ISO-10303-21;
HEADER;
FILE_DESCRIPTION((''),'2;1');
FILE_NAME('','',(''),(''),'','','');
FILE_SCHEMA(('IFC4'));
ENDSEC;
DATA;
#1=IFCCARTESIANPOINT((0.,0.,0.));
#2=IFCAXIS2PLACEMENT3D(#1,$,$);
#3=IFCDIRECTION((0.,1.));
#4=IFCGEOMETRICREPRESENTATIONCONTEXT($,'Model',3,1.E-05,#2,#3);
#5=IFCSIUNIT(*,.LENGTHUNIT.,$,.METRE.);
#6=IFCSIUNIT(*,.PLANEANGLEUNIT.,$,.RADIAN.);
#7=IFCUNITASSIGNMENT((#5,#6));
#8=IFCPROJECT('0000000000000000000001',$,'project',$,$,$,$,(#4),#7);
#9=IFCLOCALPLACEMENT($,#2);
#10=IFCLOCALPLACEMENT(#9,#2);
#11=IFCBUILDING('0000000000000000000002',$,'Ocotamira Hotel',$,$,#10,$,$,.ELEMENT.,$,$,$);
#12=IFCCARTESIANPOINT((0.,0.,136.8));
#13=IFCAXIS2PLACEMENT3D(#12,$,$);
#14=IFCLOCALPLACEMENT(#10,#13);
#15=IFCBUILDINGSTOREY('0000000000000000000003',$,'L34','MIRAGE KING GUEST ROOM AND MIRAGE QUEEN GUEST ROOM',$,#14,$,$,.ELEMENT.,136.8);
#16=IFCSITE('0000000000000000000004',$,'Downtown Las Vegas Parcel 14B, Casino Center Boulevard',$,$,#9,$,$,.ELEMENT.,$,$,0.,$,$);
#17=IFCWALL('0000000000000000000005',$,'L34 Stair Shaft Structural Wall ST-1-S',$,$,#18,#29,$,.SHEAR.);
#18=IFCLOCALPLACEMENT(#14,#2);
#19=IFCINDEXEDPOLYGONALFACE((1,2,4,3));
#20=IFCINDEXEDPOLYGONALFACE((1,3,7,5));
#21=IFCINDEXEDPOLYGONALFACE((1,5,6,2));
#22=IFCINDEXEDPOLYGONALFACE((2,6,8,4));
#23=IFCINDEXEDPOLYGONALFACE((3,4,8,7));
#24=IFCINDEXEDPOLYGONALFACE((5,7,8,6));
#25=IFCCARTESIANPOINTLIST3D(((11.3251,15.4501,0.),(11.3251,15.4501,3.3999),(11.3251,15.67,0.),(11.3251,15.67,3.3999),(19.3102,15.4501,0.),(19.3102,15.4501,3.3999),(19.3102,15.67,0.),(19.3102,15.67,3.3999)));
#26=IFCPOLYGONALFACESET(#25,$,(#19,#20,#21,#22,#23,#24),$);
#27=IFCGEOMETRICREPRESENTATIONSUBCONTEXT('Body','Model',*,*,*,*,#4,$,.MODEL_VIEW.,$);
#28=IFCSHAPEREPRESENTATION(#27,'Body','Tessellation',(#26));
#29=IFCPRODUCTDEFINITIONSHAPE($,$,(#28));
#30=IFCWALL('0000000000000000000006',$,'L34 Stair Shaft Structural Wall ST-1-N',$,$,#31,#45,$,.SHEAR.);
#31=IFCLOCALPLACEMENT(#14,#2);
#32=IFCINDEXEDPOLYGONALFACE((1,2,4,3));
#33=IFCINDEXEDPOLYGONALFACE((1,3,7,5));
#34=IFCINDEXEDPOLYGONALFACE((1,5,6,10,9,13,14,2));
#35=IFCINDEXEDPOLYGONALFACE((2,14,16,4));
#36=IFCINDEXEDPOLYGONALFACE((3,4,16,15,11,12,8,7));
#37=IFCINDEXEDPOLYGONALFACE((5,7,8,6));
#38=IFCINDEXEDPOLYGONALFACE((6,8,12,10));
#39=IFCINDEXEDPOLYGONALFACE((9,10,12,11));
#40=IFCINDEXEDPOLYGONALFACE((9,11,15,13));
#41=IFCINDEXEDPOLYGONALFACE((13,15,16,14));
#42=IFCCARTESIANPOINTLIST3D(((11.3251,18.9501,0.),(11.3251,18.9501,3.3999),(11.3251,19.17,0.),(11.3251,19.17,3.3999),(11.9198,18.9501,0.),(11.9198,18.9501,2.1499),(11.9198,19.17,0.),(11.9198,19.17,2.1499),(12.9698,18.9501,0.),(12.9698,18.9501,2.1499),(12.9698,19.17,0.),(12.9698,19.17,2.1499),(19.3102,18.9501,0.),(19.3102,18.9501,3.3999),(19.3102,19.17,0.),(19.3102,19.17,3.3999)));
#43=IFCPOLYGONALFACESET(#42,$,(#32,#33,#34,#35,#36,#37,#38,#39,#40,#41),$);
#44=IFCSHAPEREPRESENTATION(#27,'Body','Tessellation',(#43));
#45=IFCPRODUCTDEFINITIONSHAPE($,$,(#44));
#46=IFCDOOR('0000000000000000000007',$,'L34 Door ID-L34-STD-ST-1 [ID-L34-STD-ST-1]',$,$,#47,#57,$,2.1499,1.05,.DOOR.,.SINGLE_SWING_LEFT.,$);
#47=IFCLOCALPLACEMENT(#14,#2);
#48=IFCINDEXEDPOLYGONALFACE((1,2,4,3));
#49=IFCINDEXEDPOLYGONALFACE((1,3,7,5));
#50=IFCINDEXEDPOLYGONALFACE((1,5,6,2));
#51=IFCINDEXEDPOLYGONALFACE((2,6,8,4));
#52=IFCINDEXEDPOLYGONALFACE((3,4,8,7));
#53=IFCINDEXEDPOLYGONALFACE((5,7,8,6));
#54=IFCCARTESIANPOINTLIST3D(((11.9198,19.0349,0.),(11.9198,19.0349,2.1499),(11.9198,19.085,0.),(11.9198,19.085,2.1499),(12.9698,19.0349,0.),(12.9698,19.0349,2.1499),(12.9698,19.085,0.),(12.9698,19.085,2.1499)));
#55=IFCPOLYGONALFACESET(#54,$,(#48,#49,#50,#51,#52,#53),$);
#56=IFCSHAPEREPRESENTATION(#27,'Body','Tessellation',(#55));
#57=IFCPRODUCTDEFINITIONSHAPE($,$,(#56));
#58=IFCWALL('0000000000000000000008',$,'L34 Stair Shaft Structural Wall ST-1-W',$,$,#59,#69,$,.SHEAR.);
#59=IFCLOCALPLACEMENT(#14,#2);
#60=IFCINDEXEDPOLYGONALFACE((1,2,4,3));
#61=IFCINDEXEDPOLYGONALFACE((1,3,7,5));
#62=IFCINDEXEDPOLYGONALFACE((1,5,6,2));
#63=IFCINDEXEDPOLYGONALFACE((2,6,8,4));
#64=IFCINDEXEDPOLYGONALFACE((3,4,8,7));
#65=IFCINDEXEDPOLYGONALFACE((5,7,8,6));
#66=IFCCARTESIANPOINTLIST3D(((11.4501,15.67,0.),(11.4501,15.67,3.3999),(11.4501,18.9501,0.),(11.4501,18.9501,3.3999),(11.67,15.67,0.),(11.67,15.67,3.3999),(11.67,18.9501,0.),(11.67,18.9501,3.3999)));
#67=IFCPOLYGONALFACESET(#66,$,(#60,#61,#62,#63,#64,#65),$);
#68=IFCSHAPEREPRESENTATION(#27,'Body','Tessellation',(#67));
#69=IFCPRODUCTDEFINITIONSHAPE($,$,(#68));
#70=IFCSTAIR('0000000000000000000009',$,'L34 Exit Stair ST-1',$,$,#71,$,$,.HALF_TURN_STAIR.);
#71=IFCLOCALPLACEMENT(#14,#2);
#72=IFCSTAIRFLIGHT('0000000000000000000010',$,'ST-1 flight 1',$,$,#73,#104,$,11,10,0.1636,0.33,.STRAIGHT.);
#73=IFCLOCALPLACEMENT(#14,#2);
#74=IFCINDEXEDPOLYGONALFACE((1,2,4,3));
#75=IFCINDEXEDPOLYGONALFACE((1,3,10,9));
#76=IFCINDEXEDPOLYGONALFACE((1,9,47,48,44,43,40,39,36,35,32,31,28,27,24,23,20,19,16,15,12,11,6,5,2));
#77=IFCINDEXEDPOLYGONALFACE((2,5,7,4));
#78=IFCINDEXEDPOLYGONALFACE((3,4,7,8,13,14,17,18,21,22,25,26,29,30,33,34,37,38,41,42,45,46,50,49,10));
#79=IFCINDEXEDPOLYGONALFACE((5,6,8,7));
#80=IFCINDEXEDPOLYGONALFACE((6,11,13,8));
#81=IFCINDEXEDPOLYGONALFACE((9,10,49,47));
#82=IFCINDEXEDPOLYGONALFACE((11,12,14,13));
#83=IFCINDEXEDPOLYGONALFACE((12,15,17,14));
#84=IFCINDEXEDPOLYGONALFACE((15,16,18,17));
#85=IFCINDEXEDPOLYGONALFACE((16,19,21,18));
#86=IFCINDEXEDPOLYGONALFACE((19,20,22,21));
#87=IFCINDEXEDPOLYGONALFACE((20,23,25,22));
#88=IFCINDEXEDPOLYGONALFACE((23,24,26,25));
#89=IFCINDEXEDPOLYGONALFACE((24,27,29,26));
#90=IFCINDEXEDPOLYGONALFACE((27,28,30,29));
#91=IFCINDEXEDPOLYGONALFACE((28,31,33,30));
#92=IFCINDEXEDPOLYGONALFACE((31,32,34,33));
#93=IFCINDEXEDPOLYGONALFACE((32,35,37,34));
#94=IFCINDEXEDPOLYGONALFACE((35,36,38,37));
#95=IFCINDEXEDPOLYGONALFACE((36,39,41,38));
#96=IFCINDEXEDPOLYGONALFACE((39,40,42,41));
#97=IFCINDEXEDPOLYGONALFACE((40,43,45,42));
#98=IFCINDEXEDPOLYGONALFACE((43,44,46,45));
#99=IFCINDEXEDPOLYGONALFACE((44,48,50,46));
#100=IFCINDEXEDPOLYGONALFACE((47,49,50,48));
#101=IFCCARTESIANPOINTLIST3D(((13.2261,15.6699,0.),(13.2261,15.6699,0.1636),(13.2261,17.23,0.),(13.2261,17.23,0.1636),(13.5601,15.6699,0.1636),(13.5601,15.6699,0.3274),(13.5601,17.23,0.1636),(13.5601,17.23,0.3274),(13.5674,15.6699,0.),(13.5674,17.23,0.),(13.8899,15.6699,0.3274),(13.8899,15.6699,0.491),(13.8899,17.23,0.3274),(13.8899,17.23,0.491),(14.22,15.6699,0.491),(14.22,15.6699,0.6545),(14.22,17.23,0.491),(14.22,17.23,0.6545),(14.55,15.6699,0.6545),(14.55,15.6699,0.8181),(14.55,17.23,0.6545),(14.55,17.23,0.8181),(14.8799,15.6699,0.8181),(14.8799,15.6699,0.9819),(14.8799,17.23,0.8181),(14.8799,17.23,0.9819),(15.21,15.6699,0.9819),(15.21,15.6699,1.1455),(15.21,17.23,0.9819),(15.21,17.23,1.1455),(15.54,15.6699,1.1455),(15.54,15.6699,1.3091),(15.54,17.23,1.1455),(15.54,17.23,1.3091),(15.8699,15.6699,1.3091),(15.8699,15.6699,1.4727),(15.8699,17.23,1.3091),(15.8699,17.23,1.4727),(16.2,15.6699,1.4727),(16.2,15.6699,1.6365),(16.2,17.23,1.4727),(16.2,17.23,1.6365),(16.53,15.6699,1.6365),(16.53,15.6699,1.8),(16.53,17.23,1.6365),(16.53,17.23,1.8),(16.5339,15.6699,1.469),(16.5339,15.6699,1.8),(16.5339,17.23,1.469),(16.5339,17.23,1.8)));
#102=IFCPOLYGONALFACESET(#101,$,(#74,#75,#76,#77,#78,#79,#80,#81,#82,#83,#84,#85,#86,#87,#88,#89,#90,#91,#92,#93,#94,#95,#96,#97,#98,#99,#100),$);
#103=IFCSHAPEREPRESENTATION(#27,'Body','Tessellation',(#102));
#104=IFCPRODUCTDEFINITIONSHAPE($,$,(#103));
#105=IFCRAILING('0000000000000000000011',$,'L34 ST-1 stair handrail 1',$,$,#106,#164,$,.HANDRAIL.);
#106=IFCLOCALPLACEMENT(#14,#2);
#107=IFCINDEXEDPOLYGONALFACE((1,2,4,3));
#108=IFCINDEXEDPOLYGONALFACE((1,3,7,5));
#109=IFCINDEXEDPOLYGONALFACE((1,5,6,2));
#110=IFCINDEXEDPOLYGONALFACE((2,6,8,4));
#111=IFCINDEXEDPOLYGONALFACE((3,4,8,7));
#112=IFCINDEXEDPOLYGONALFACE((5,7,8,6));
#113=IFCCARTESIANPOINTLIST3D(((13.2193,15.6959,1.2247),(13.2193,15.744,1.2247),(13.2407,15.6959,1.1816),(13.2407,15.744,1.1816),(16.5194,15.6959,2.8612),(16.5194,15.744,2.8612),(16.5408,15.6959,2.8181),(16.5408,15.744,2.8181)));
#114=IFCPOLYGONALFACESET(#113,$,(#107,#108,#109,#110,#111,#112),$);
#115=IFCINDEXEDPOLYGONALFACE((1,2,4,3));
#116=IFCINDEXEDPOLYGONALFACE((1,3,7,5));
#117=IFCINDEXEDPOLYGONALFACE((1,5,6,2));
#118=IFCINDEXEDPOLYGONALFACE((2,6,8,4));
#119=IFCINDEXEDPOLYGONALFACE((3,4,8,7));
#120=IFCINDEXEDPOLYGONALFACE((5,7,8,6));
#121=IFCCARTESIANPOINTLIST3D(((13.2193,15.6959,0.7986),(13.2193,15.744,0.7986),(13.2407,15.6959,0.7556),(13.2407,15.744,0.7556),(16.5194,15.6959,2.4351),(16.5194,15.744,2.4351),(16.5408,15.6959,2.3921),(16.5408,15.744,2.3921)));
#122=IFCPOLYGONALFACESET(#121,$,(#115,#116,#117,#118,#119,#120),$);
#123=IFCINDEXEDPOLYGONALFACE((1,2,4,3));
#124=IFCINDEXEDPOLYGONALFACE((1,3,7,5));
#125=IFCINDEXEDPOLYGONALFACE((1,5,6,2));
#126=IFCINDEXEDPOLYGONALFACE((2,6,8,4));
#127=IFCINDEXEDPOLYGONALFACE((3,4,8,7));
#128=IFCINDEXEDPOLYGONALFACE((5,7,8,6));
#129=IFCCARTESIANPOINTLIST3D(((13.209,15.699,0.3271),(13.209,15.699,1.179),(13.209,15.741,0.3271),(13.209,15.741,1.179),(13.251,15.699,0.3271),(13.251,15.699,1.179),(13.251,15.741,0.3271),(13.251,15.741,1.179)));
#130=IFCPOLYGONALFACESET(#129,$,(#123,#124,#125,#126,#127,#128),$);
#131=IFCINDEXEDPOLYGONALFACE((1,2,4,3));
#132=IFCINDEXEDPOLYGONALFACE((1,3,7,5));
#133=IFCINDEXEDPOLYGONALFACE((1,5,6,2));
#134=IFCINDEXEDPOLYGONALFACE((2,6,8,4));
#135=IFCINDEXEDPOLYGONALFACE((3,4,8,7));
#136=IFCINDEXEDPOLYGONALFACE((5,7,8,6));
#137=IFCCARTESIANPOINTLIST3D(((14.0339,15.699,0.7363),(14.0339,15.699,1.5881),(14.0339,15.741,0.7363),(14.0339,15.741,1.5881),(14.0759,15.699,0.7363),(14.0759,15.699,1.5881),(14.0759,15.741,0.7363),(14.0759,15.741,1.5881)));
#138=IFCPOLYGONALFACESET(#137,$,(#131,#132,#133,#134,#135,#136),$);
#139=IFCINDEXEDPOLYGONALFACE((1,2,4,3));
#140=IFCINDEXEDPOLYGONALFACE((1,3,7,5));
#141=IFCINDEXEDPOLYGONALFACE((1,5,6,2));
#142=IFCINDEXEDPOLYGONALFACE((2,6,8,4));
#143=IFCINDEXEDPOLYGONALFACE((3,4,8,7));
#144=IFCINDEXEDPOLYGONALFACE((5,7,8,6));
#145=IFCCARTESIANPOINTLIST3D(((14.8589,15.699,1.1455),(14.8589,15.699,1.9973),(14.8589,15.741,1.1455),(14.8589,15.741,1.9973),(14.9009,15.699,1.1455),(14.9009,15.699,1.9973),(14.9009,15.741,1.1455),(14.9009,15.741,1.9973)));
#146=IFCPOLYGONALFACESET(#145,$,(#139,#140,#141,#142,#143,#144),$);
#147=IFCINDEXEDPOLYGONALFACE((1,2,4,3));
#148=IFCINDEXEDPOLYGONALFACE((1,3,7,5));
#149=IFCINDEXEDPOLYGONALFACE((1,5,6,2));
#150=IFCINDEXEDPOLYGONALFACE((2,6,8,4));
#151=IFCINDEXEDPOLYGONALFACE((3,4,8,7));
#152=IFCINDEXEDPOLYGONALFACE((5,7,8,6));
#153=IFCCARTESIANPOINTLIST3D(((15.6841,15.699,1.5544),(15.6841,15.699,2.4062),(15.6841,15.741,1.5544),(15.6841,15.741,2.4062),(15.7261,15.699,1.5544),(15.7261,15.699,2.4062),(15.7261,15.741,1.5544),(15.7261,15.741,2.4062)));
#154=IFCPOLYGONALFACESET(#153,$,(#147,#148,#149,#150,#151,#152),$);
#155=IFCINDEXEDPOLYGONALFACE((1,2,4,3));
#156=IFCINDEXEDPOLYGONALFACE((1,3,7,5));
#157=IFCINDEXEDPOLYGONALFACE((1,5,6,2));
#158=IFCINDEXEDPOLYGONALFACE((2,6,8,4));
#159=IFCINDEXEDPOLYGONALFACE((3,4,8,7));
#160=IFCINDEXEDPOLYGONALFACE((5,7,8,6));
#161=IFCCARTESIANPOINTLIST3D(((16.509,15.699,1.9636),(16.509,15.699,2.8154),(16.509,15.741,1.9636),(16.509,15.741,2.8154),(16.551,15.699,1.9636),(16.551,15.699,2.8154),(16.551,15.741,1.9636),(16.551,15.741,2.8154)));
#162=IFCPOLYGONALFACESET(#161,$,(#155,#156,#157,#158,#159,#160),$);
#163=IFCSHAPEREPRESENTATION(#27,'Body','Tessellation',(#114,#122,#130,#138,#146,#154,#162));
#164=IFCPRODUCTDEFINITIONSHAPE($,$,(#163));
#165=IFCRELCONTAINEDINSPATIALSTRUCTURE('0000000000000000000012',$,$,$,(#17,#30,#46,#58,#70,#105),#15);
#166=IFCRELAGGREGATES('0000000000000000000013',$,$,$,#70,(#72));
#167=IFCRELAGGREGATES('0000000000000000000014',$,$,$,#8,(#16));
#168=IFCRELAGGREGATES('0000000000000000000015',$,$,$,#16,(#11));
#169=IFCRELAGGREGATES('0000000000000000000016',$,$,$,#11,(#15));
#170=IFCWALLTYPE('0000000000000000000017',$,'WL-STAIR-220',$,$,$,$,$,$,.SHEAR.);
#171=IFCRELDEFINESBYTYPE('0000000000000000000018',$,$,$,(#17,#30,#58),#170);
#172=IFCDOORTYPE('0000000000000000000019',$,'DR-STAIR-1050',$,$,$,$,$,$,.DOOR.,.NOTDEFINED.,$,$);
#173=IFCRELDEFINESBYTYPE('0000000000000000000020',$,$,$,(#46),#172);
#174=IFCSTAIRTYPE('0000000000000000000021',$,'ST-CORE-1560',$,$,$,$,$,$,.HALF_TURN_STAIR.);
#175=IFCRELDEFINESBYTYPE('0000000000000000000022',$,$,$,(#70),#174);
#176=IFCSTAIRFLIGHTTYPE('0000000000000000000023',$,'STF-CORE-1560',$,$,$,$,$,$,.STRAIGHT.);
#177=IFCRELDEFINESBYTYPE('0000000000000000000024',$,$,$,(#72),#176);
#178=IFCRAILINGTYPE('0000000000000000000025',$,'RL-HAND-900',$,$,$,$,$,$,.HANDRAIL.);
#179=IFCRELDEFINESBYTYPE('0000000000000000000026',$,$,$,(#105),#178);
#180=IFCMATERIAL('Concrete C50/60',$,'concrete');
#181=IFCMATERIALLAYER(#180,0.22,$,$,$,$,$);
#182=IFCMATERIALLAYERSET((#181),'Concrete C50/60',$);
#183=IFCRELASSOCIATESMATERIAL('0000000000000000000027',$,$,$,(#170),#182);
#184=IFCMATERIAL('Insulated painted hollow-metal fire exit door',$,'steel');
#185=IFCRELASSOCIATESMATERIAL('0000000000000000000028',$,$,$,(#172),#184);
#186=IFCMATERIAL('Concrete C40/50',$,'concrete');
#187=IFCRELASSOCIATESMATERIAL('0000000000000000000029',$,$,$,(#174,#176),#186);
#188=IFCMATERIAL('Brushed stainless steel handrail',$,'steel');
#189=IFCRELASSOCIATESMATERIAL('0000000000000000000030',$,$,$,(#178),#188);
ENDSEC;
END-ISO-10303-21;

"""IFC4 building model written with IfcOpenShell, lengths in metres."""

from ifc_helpers import new_model, si_unit, direction, frame, frame_2d, origin, origin_2d, place, context, subcontext, project, spatial, polyline, rectangle, outline, extrude, source, transform, mapped, material, layer, layer_set, type_object, element, fill, aggregate, save


model = new_model("IFC4")

# Units and contexts
model_context = context("Model", 3, precision=1e-05, world=origin(), true_north=direction((0.0, 1.0)))
body_context = subcontext(model_context, "Body", "Model", "MODEL_VIEW")
ifc_project = project(units=[si_unit("LENGTHUNIT", "METRE"), si_unit("PLANEANGLEUNIT", "RADIAN")], contexts=[model_context])

# Site, building, storey
site_placement = place(None, origin())
site = spatial("IfcSite", under=ifc_project, at=site_placement, Name="Downtown Las Vegas Parcel 14B, Casino Center Boulevard", CompositionType="ELEMENT", RefElevation=0.0)
building_placement = place(site_placement, origin())
building = spatial("IfcBuilding", under=site, at=building_placement, Name="Ocotamira Hotel", CompositionType="ELEMENT")
storey_placement = place(building_placement, frame((0.0, 0.0, 136.8)))
storey = spatial("IfcBuildingStorey", under=building, at=storey_placement, Name="L34", Description="MIRAGE KING GUEST ROOM AND MIRAGE QUEEN GUEST ROOM", CompositionType="ELEMENT", Elevation=136.8)

# Wall
ifc_material_1 = material(Name="Concrete C50/60", Category="concrete")
ifc_layer_1 = layer(ifc_material_1, 0.22)
ifc_layer_set_1 = layer_set([ifc_layer_1], Name="Concrete C50/60")
wall_type_1 = type_object("IfcWallType", Name="WL-STAIR-220", PredefinedType="SHEAR", material=ifc_layer_set_1)
wall_1_placement = place(storey_placement, frame((11.325, 15.5601, 0.0), z_axis=(0.0, 0.0, 1.0), x_axis=(1.0, 0.0, 0.0)))
element("IfcWall", 1, at=wall_1_placement, inside=storey, type_object=wall_type_1, Name="L34 Stair Shaft Structural Wall ST-1-S", PredefinedType="SHEAR", context=body_context, shape_type="SweptSolid", body=[
    extrude(rectangle(XDim=7.9851, YDim=0.22, at=frame_2d((3.9927, 0.0))), origin(), (0.0, 0.0, 1.0), 3.3999),
])

# Wall, opening, door
wall_2_placement = place(storey_placement, frame((11.325, 19.0601, 0.0), z_axis=(0.0, 0.0, 1.0), x_axis=(1.0, 0.0, 0.0)))
wall_2 = element("IfcWall", 2, at=wall_2_placement, inside=storey, type_object=wall_type_1, Name="L34 Stair Shaft Structural Wall ST-1-N", PredefinedType="SHEAR", context=body_context, shape_type="SweptSolid", body=[
    extrude(rectangle(XDim=7.9851, YDim=0.22, at=frame_2d((3.9927, 0.0))), origin(), (0.0, 0.0, 1.0), 3.3999),
])
opening_1_placement = place(wall_2_placement, frame((0.595, 0.0, 0.0)))
opening_1 = element("IfcOpeningElement", 3, at=opening_1_placement, cuts=wall_2, PredefinedType="OPENING", context=body_context, shape_type="SweptSolid", body=[
    extrude(rectangle(XDim=1.05, YDim=2.1499, at=frame_2d((0.5249, 1.075))), frame((0.0, 0.1201, 0.0), z_axis=(0.0, -1.0, 0.0), x_axis=(1.0, 0.0, 0.0)), (0.0, 0.0, 1.0), 0.24),
])
ifc_material_2 = material(Name="Insulated painted hollow-metal fire exit door", Category="steel")
door_type_1 = type_object("IfcDoorType", Name="DR-STAIR-1050", OperationType="NOTDEFINED", PredefinedType="DOOR", material=ifc_material_2)
shared_shape_1 = source(origin(), body_context, "Body", "SweptSolid", [
    extrude(rectangle(XDim=1.05, YDim=2.1499, at=frame_2d((0.5249, 1.075))), frame((0.0, 0.0249, 0.0), z_axis=(0.0, -1.0, 0.0), x_axis=(1.0, 0.0, 0.0)), (0.0, 0.0, 1.0), 0.05),
])
door_1_placement = place(opening_1_placement, origin())
door_1 = element("IfcDoor", 4, at=door_1_placement, inside=storey, type_object=door_type_1, Name="L34 Door ID-L34-STD-ST-1 [ID-L34-STD-ST-1]", OperationType="SINGLE_SWING_LEFT", OverallHeight=2.1499, OverallWidth=1.05, PredefinedType="DOOR", context=body_context, shape_type="MappedRepresentation", body=[
    mapped(shared_shape_1, transform((0.0, 0.0, 0.0), scale=1.0)),
])
fill(opening_1, door_1)

# Wall
wall_3_placement = place(storey_placement, frame((11.5601, 15.6699, 0.0), z_axis=(0.0, 0.0, 1.0), x_axis=(0.0, 1.0, 0.0)))
element("IfcWall", 5, at=wall_3_placement, inside=storey, type_object=wall_type_1, Name="L34 Stair Shaft Structural Wall ST-1-W", PredefinedType="SHEAR", context=body_context, shape_type="SweptSolid", body=[
    extrude(rectangle(XDim=3.28, YDim=0.22, at=frame_2d((1.6401, 0.0))), origin(), (0.0, 0.0, 1.0), 3.3999),
])

# Stair, stair flight
ifc_material_3 = material(Name="Concrete C40/50", Category="concrete")
stair_type = type_object("IfcStairType", Name="ST-CORE-1560", PredefinedType="HALF_TURN_STAIR", material=ifc_material_3)
stair_placement = place(storey_placement, origin())
stair = element("IfcStair", 6, at=stair_placement, inside=storey, type_object=stair_type, Name="L34 Exit Stair ST-1", PredefinedType="HALF_TURN_STAIR")
stair_flight_type = type_object("IfcStairFlightType", Name="STF-CORE-1560", PredefinedType="STRAIGHT", material=ifc_material_3)
shared_shape_2 = source(origin(), body_context, "Body", "SweptSolid", [
    extrude(outline(polyline([(-0.0039, 0.0), (-0.0039, 0.1636), (0.3301, 0.1636), (0.3301, 0.3274), (0.6599, 0.3274), (0.6599, 0.491), (0.99, 0.491), (0.99, 0.6545), (1.3201, 0.6545), (1.3201, 0.8181), (1.6499, 0.8181), (1.6499, 0.9819), (1.98, 0.9819), (1.98, 1.1455), (2.3101, 1.1455), (2.3101, 1.3091), (2.6399, 1.3091), (2.6399, 1.4727), (2.97, 1.4727), (2.97, 1.6365), (3.3, 1.6365), (3.3, 1.8), (3.304, 1.8), (3.304, 1.469), (0.3374, 0.0), (-0.0039, 0.0)])), frame((0.0, 0.78, 0.0), z_axis=(0.0, -1.0, 0.0), x_axis=(1.0, 0.0, 0.0)), (0.0, 0.0, 1.0), 1.5601),
])
stair_flight_placement = place(storey_placement, frame((13.23, 16.45, 0.0), z_axis=(0.0, 0.0, 1.0), x_axis=(1.0, 0.0, 0.0)))
stair_flight = element("IfcStairFlight", 7, at=stair_flight_placement, type_object=stair_flight_type, Name="ST-1 flight 1", NumberOfRisers=11, NumberOfTreads=10, PredefinedType="STRAIGHT", RiserHeight=0.1636, TreadLength=0.33, context=body_context, shape_type="MappedRepresentation", body=[
    mapped(shared_shape_2, transform((0.0, 0.0, 0.0), scale=1.0)),
])
aggregate(stair, [stair_flight])

# Railing
ifc_material_4 = material(Name="Brushed stainless steel handrail", Category="steel")
railing_type_1 = type_object("IfcRailingType", Name="RL-HAND-900", PredefinedType="HANDRAIL", material=ifc_material_4)
railing_1_placement = place(storey_placement, frame((13.23, 15.72, 0.3271)))
element("IfcRailing", 8, at=railing_1_placement, inside=storey, type_object=railing_type_1, Name="L34 ST-1 stair handrail 1", PredefinedType="HANDRAIL", context=body_context, shape_type="SweptSolid", body=[
    extrude(rectangle(XDim=0.0481, YDim=0.0481, at=origin_2d()), frame((0.0, 0.0, 0.876), z_axis=(0.895894, 0.0, 0.444268), x_axis=(0.0, 1.0, 0.0)), (0.0, 0.0, 1.0), 3.6836),
    extrude(rectangle(XDim=0.0481, YDim=0.0481, at=origin_2d()), frame((0.0, 0.0, 0.45), z_axis=(0.895894, 0.0, 0.444268), x_axis=(0.0, 1.0, 0.0)), (0.0, 0.0, 1.0), 3.6836),
    extrude(rectangle(XDim=0.042, YDim=0.042, at=origin_2d()), origin(), (0.0, 0.0, 1.0), 0.8518),
    extrude(rectangle(XDim=0.042, YDim=0.042, at=origin_2d()), frame((0.825, 0.0, 0.4092)), (0.0, 0.0, 1.0), 0.8518),
    extrude(rectangle(XDim=0.042, YDim=0.042, at=origin_2d()), frame((1.6499, 0.0, 0.8184)), (0.0, 0.0, 1.0), 0.8518),
    extrude(rectangle(XDim=0.042, YDim=0.042, at=origin_2d()), frame((2.4751, 0.0, 1.2273)), (0.0, 0.0, 1.0), 0.8518),
    extrude(rectangle(XDim=0.042, YDim=0.042, at=origin_2d()), frame((3.3, 0.0, 1.6365)), (0.0, 0.0, 1.0), 0.8518),
])

save(model, "model.ifc")
